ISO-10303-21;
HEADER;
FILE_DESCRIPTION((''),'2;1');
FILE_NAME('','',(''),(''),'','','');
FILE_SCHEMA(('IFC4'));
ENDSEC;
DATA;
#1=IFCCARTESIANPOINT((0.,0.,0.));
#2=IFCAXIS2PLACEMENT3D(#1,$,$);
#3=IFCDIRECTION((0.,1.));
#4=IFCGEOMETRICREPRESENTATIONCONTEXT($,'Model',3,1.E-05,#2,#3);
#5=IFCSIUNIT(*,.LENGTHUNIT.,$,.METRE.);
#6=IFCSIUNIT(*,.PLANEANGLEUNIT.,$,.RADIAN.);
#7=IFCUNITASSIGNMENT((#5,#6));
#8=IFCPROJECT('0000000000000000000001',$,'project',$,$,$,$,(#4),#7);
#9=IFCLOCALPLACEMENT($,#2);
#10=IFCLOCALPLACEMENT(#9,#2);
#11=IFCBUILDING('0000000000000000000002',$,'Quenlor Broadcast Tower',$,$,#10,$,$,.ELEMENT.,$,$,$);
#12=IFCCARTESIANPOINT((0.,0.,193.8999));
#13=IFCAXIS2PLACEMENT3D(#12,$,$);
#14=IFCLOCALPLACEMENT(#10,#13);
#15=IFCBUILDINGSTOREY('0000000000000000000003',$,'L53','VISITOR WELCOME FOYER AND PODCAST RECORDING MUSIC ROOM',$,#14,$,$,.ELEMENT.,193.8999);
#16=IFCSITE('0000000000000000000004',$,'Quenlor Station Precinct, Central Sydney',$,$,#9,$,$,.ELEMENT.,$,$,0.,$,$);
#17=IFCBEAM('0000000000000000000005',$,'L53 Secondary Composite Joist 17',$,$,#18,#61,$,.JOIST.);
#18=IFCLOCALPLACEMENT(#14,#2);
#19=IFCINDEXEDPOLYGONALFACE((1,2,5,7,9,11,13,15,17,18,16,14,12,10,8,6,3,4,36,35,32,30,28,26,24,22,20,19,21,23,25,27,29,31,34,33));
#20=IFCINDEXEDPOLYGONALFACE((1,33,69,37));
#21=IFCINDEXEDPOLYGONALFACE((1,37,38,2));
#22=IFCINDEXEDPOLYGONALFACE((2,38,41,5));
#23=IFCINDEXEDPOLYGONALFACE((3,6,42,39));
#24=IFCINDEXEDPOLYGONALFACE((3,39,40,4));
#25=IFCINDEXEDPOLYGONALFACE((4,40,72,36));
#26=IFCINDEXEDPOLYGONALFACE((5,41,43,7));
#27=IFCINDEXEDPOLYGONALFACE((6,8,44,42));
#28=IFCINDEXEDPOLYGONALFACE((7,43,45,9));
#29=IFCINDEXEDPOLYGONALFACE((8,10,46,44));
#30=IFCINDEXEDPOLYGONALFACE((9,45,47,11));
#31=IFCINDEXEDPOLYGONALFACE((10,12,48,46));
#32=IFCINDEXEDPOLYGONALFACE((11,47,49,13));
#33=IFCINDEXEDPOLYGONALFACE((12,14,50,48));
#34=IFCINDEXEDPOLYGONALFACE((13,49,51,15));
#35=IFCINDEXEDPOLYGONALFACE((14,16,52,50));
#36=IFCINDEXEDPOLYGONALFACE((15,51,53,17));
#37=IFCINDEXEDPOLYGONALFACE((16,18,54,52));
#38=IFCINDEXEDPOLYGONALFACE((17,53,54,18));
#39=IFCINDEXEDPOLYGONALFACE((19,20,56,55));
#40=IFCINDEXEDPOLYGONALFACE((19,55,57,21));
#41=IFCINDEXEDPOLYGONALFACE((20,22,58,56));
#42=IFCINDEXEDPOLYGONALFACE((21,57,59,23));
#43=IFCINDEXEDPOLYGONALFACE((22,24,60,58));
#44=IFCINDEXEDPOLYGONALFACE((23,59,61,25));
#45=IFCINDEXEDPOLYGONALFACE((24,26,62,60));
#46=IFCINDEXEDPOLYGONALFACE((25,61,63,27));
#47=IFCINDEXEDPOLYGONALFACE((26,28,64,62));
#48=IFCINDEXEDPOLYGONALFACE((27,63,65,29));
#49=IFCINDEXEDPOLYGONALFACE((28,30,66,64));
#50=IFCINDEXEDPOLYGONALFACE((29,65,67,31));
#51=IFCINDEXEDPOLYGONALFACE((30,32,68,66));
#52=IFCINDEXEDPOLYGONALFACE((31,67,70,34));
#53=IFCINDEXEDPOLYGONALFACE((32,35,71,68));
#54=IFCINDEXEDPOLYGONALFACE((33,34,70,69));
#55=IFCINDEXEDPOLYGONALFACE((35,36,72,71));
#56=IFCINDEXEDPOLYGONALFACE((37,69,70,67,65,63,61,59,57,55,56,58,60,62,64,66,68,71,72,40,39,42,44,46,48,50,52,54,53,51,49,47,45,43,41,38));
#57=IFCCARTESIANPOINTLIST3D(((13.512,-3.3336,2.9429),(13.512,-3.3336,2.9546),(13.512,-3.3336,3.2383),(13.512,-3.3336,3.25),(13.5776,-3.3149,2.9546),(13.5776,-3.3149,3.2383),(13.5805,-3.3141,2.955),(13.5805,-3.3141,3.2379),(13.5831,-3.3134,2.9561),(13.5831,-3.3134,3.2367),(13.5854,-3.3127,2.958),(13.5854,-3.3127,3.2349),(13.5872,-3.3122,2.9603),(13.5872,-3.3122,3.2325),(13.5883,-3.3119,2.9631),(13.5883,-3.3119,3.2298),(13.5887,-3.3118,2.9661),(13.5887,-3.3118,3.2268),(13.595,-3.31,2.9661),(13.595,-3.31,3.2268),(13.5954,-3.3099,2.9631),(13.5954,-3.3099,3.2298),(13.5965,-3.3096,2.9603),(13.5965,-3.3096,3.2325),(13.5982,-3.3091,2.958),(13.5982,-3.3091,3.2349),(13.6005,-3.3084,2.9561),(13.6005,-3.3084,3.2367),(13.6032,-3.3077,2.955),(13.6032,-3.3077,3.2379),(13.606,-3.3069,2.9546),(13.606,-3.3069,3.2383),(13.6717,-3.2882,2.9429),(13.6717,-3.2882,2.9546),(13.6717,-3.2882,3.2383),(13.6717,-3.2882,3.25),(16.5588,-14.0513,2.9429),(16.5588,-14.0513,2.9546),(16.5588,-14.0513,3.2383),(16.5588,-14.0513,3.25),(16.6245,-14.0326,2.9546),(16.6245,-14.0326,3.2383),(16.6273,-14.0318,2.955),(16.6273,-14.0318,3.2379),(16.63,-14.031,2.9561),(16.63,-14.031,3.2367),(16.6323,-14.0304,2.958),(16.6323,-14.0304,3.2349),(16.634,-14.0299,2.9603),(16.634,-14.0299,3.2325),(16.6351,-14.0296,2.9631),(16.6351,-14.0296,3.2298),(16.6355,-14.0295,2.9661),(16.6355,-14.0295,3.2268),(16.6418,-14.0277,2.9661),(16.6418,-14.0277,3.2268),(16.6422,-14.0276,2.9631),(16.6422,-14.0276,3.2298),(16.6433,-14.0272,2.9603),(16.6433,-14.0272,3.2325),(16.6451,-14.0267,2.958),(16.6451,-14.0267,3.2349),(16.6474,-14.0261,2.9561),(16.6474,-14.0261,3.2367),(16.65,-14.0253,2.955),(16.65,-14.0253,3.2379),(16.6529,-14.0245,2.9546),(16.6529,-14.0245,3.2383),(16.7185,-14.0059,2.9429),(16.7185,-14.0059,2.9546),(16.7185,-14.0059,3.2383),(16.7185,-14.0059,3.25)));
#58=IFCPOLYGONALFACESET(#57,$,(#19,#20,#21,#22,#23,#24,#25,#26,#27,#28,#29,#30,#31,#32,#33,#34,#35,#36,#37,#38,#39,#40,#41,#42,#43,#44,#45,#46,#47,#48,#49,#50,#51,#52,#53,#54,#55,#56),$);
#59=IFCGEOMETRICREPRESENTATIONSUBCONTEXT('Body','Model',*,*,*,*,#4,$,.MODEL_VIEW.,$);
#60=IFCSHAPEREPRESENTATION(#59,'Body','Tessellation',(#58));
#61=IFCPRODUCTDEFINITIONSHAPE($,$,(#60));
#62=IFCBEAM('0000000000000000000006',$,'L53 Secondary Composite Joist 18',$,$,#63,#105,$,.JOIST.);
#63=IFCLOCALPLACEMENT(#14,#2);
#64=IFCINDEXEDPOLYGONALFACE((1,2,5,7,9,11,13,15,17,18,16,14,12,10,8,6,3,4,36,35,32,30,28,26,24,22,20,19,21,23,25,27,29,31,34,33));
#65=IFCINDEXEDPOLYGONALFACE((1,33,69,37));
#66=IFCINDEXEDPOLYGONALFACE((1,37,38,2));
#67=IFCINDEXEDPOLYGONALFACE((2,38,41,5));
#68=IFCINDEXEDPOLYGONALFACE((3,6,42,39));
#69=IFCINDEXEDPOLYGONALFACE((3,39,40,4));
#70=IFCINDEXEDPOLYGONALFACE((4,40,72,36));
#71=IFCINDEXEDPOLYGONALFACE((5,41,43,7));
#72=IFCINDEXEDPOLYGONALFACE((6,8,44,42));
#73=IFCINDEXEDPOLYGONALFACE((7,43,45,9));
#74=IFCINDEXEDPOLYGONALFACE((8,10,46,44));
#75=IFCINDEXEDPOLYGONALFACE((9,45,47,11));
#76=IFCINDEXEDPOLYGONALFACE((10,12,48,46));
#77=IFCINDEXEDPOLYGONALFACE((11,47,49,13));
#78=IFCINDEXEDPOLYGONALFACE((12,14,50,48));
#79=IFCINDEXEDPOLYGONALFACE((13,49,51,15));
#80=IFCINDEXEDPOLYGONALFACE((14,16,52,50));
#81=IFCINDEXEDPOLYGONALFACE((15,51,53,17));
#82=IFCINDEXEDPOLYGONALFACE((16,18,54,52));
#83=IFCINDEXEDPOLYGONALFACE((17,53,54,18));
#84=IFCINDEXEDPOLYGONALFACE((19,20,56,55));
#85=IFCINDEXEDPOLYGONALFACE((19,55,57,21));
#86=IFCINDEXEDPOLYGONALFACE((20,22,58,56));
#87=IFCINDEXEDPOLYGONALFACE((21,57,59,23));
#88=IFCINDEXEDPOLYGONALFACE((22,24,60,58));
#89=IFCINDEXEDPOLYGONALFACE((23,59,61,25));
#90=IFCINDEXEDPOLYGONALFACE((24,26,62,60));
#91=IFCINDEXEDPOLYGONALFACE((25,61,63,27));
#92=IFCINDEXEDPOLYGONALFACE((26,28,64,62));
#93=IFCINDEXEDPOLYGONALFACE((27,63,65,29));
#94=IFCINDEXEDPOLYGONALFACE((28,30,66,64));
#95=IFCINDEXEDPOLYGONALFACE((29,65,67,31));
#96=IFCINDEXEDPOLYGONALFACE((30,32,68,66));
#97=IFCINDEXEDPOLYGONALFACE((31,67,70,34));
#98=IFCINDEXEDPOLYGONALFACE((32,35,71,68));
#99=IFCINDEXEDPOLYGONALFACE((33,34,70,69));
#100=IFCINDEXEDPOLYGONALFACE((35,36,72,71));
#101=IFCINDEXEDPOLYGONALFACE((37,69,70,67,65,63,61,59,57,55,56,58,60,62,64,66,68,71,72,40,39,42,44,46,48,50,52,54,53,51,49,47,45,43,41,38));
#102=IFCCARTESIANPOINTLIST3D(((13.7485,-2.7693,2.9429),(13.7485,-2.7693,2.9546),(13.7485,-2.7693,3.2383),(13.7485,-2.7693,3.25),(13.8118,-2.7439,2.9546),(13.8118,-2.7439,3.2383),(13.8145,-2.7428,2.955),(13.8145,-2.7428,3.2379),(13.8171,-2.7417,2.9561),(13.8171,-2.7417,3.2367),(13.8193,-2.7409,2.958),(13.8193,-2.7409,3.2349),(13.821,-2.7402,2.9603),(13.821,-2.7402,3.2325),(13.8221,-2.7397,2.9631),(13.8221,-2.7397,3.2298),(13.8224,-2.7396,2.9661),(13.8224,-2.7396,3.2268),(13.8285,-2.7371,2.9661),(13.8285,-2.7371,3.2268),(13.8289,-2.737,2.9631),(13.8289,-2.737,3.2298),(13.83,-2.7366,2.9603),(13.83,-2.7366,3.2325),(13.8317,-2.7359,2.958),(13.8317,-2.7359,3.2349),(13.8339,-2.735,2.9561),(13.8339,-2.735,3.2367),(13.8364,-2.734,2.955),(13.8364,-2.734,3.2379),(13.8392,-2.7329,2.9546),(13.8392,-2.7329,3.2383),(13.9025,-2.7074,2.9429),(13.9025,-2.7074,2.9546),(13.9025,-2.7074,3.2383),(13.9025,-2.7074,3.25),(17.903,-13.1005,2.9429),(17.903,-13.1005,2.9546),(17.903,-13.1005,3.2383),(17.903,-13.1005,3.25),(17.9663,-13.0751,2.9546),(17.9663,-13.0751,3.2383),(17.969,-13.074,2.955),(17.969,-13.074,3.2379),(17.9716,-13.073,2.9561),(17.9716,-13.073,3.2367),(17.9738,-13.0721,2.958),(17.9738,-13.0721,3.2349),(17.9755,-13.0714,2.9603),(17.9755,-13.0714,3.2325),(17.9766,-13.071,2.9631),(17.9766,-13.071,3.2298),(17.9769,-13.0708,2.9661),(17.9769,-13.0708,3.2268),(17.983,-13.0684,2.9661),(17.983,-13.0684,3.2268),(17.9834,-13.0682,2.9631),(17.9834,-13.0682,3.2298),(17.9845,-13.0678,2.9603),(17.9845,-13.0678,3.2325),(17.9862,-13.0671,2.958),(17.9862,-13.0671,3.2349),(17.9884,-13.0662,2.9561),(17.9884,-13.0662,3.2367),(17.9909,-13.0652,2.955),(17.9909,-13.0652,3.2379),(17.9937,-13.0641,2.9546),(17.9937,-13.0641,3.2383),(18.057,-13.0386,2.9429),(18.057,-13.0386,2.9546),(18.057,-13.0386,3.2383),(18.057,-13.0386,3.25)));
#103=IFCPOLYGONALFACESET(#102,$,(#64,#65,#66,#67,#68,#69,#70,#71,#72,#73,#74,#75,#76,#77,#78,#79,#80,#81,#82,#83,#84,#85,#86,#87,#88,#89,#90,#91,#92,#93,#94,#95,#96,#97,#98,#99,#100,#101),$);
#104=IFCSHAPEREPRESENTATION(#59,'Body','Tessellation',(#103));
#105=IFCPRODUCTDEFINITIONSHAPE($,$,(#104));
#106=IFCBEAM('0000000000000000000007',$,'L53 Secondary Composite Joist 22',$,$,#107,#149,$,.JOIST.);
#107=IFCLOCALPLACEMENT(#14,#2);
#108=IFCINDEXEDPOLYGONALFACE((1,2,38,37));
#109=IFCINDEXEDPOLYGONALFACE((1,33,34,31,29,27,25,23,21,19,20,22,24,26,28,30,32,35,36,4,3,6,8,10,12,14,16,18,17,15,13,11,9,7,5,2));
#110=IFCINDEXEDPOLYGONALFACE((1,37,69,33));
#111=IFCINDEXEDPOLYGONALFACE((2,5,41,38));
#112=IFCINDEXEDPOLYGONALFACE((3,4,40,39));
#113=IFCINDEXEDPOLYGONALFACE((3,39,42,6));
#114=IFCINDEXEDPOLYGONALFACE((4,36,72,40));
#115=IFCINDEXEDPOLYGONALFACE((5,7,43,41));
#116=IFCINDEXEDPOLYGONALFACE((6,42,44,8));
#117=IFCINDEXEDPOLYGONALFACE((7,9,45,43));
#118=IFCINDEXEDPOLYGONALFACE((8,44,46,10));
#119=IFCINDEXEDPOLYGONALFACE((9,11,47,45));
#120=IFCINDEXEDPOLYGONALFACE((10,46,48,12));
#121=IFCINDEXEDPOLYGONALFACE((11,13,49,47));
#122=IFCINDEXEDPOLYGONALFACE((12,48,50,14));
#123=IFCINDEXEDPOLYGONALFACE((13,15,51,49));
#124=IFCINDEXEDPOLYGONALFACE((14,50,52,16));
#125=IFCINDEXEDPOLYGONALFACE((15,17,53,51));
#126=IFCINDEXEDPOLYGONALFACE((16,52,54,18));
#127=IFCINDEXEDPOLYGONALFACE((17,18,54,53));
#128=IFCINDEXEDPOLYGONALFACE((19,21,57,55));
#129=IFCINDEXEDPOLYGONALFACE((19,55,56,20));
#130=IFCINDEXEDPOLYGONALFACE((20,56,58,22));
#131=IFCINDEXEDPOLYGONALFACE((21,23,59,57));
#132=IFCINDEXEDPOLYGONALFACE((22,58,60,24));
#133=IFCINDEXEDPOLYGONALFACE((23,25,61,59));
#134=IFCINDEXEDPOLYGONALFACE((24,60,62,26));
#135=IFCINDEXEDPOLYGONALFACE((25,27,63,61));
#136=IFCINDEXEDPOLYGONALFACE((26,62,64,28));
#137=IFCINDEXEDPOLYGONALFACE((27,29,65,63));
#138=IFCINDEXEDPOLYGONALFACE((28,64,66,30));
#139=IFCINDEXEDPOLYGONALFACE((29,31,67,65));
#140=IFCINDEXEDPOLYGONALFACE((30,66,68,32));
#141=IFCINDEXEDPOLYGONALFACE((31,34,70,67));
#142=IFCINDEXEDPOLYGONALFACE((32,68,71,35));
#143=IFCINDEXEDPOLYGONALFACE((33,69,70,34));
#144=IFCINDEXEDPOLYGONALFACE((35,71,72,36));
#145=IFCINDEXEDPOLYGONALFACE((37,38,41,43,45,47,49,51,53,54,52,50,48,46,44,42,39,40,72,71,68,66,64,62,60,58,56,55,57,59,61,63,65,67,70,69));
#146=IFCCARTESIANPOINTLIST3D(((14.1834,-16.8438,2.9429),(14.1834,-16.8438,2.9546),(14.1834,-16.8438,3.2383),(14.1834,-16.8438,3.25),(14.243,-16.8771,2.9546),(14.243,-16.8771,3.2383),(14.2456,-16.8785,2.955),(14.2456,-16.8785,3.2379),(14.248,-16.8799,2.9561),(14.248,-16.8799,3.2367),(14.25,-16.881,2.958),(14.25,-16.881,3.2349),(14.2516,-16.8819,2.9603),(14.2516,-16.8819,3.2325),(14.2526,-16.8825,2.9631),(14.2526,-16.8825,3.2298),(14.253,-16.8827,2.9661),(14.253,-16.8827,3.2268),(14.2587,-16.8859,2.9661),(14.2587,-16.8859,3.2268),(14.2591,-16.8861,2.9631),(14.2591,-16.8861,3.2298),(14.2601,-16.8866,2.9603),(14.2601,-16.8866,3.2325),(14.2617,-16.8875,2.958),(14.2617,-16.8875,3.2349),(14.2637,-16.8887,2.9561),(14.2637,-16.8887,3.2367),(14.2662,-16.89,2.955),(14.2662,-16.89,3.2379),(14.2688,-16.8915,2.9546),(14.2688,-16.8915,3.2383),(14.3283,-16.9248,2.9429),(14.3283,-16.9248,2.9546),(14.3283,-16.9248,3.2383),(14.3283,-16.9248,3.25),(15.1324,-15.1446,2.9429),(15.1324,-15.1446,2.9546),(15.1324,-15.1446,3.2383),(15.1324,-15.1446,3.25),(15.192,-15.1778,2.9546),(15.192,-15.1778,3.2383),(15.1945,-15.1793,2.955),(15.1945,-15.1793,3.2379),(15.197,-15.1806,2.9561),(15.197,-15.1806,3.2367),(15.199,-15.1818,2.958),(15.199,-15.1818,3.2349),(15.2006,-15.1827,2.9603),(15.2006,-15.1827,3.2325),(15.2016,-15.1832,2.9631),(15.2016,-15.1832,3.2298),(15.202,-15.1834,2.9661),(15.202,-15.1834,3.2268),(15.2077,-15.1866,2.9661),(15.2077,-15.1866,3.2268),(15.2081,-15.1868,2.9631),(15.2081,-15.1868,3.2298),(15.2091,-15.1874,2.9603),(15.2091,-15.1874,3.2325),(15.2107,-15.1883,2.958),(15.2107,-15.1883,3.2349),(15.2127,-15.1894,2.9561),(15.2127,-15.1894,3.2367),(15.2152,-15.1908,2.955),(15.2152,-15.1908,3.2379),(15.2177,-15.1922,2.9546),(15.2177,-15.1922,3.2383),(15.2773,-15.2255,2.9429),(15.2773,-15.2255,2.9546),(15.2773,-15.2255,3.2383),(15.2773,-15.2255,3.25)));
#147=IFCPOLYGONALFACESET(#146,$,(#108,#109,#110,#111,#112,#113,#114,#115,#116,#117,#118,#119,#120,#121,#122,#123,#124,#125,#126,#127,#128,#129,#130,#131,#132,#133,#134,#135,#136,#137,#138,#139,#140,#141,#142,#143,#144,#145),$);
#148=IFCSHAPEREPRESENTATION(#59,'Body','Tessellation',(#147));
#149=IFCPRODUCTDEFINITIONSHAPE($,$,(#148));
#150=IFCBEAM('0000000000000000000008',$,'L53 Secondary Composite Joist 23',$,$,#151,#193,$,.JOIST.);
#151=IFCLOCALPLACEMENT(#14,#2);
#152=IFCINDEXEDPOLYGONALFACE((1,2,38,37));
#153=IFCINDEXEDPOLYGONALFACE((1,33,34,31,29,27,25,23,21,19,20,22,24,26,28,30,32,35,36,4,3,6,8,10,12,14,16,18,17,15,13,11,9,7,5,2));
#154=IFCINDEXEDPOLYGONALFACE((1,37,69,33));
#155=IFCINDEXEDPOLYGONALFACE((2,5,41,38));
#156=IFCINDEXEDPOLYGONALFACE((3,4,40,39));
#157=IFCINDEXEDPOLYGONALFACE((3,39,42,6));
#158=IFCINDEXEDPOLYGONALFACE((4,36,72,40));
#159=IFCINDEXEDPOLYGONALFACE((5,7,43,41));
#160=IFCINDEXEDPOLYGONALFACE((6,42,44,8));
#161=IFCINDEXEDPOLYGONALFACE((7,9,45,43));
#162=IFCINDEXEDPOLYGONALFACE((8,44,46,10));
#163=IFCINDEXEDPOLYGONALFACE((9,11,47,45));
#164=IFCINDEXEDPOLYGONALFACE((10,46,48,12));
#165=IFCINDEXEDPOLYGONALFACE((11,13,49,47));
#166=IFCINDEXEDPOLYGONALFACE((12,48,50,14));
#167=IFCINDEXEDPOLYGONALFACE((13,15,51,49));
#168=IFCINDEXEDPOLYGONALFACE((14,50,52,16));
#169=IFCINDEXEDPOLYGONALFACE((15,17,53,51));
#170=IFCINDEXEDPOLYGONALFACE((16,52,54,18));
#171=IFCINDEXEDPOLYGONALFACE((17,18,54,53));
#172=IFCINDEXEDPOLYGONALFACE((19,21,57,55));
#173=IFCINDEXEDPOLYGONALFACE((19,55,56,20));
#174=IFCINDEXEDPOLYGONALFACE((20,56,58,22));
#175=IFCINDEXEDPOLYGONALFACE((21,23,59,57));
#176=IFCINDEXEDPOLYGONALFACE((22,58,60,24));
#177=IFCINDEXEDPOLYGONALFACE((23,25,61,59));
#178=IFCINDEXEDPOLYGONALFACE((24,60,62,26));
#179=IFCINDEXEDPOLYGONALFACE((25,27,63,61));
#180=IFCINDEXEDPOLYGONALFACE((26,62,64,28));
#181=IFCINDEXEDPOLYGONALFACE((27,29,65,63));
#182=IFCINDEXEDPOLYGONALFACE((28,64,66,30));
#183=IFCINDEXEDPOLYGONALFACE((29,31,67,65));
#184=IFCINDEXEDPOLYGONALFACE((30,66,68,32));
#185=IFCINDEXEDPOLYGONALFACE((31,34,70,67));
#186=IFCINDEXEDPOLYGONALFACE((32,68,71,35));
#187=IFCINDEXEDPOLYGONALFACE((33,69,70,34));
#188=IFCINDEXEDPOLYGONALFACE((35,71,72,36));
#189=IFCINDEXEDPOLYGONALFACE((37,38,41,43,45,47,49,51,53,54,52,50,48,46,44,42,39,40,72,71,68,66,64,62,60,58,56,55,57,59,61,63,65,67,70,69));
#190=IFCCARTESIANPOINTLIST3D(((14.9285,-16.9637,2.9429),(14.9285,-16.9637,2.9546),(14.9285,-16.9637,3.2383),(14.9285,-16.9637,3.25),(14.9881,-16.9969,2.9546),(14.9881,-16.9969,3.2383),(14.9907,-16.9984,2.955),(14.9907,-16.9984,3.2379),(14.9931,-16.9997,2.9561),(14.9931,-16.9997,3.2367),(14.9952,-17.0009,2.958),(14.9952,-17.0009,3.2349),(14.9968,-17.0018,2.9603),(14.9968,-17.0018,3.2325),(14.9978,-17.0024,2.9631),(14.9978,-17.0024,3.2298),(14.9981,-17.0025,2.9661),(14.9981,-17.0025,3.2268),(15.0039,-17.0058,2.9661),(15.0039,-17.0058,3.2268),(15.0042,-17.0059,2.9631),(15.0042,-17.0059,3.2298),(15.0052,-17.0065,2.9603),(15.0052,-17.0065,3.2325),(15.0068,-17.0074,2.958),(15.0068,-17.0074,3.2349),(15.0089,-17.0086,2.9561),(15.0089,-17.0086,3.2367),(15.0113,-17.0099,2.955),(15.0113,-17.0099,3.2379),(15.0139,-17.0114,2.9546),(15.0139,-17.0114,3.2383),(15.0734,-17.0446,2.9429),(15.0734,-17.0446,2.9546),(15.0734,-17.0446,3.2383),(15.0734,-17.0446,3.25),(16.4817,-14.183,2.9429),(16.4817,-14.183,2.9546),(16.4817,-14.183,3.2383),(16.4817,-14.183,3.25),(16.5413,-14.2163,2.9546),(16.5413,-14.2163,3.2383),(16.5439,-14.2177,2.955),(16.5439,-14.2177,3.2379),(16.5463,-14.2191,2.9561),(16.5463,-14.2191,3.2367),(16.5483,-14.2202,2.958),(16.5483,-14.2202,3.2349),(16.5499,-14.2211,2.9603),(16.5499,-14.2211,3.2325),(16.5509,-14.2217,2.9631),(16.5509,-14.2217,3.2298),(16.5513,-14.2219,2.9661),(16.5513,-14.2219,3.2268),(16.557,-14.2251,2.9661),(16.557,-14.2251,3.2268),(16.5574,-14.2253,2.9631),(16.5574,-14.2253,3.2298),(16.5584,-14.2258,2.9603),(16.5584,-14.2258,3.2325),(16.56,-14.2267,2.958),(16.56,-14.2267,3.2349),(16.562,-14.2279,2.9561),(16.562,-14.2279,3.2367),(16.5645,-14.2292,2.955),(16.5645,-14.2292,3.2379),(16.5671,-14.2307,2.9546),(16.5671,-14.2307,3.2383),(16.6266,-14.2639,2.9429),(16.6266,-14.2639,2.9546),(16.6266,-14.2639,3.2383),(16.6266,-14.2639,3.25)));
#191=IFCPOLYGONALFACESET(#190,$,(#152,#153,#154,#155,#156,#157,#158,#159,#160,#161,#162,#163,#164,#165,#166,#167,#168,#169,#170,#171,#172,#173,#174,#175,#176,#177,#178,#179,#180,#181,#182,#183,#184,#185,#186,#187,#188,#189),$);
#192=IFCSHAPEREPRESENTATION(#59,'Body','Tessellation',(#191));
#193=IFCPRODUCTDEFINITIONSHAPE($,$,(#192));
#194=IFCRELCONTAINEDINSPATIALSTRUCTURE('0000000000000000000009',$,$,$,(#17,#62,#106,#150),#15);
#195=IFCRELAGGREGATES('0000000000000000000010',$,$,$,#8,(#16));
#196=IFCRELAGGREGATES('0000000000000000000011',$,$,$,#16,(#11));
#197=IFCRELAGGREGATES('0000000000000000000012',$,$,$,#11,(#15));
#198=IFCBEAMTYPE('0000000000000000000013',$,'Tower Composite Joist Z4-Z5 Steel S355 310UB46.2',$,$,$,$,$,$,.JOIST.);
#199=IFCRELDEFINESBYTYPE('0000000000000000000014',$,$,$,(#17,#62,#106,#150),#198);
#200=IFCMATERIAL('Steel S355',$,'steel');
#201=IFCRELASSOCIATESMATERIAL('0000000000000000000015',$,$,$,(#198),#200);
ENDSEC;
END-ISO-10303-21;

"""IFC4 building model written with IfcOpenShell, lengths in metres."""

from ifc_helpers import new_model, si_unit, direction, frame, origin, origin_2d, place, context, subcontext, project, spatial, i_section, extrude, material, material_profile, profile_set, type_object, element, save


model = new_model("IFC4")

# Units and contexts
model_context = context("Model", 3, precision=1e-05, world=origin(), true_north=direction((0.0, 1.0)))
body_context = subcontext(model_context, "Body", "Model", "MODEL_VIEW")
ifc_project = project(units=[si_unit("LENGTHUNIT", "METRE"), si_unit("PLANEANGLEUNIT", "RADIAN")], contexts=[model_context])

# Site, building, storey
site_placement = place(None, origin())
site = spatial("IfcSite", under=ifc_project, at=site_placement, Name="Quenlor Station Precinct, Central Sydney", CompositionType="ELEMENT", RefElevation=0.0)
building_placement = place(site_placement, origin())
building = spatial("IfcBuilding", under=site, at=building_placement, Name="Quenlor Broadcast Tower", CompositionType="ELEMENT")
storey_placement = place(building_placement, frame((0.0, 0.0, 193.8999)))
storey = spatial("IfcBuildingStorey", under=building, at=storey_placement, Name="L53", Description="VISITOR WELCOME FOYER AND PODCAST RECORDING MUSIC ROOM", CompositionType="ELEMENT", Elevation=193.8999)

# Beams
ifc_material_1 = material(Name="Steel S355", Category="steel")
ifc_material_profile_1 = material_profile(ifc_material_1, i_section(OverallWidth=0.166, OverallDepth=0.3071, WebThickness=0.0066, FlangeThickness=0.0117, FilletRadius=0.0115, at=origin_2d()))
ifc_profile_set_1 = profile_set([ifc_material_profile_1], Name="Steel S355 310UB46.2")
beam_type_1 = type_object("IfcBeamType", Name="Tower Composite Joist Z4-Z5 Steel S355 310UB46.2", PredefinedType="JOIST", material=ifc_profile_set_1)
beam_1_placement = place(storey_placement, frame((16.6387, -14.0286, 3.0964), z_axis=(-0.273448, 0.961887, 0.0), x_axis=(-0.961887, -0.273448, 0.0)))
element("IfcBeam", 1, at=beam_1_placement, inside=storey, type_object=beam_type_1, Name="L53 Secondary Composite Joist 17", PredefinedType="JOIST", context=body_context, shape_type="SweptSolid", body=[
    extrude(i_section(OverallWidth=0.166, OverallDepth=0.3071, WebThickness=0.0066, FlangeThickness=0.0117, FilletRadius=0.0115, at=origin_2d()), origin(), (0.0, 0.0, 1.0), 11.1423),
])
beam_2_placement = place(storey_placement, frame((17.98, -13.0696, 3.0964), z_axis=(-0.373095, 0.927793, 0.0), x_axis=(-0.927793, -0.373095, 0.0)))
element("IfcBeam", 2, at=beam_2_placement, inside=storey, type_object=beam_type_1, Name="L53 Secondary Composite Joist 18", PredefinedType="JOIST", context=body_context, shape_type="SweptSolid", body=[
    extrude(i_section(OverallWidth=0.166, OverallDepth=0.3071, WebThickness=0.0066, FlangeThickness=0.0117, FilletRadius=0.0115, at=origin_2d()), origin(), (0.0, 0.0, 1.0), 11.1353),
])
beam_3_placement = place(storey_placement, frame((14.2559, -16.8843, 3.0964), z_axis=(0.487591, 0.873072, 0.0), x_axis=(-0.873072, 0.487591, 0.0)))
element("IfcBeam", 3, at=beam_3_placement, inside=storey, type_object=beam_type_1, Name="L53 Secondary Composite Joist 22", PredefinedType="JOIST", context=body_context, shape_type="SweptSolid", body=[
    extrude(i_section(OverallWidth=0.166, OverallDepth=0.3071, WebThickness=0.0066, FlangeThickness=0.0117, FilletRadius=0.0115, at=origin_2d()), origin(), (0.0, 0.0, 1.0), 1.9463),
])
beam_4_placement = place(storey_placement, frame((15.001, -17.0042, 3.0964), z_axis=(0.487646, 0.873041, 0.0), x_axis=(-0.873041, 0.487646, 0.0)))
element("IfcBeam", 4, at=beam_4_placement, inside=storey, type_object=beam_type_1, Name="L53 Secondary Composite Joist 23", PredefinedType="JOIST", context=body_context, shape_type="SweptSolid", body=[
    extrude(i_section(OverallWidth=0.166, OverallDepth=0.3071, WebThickness=0.0066, FlangeThickness=0.0117, FilletRadius=0.0115, at=origin_2d()), origin(), (0.0, 0.0, 1.0), 3.1851),
])

save(model, "model.ifc")
